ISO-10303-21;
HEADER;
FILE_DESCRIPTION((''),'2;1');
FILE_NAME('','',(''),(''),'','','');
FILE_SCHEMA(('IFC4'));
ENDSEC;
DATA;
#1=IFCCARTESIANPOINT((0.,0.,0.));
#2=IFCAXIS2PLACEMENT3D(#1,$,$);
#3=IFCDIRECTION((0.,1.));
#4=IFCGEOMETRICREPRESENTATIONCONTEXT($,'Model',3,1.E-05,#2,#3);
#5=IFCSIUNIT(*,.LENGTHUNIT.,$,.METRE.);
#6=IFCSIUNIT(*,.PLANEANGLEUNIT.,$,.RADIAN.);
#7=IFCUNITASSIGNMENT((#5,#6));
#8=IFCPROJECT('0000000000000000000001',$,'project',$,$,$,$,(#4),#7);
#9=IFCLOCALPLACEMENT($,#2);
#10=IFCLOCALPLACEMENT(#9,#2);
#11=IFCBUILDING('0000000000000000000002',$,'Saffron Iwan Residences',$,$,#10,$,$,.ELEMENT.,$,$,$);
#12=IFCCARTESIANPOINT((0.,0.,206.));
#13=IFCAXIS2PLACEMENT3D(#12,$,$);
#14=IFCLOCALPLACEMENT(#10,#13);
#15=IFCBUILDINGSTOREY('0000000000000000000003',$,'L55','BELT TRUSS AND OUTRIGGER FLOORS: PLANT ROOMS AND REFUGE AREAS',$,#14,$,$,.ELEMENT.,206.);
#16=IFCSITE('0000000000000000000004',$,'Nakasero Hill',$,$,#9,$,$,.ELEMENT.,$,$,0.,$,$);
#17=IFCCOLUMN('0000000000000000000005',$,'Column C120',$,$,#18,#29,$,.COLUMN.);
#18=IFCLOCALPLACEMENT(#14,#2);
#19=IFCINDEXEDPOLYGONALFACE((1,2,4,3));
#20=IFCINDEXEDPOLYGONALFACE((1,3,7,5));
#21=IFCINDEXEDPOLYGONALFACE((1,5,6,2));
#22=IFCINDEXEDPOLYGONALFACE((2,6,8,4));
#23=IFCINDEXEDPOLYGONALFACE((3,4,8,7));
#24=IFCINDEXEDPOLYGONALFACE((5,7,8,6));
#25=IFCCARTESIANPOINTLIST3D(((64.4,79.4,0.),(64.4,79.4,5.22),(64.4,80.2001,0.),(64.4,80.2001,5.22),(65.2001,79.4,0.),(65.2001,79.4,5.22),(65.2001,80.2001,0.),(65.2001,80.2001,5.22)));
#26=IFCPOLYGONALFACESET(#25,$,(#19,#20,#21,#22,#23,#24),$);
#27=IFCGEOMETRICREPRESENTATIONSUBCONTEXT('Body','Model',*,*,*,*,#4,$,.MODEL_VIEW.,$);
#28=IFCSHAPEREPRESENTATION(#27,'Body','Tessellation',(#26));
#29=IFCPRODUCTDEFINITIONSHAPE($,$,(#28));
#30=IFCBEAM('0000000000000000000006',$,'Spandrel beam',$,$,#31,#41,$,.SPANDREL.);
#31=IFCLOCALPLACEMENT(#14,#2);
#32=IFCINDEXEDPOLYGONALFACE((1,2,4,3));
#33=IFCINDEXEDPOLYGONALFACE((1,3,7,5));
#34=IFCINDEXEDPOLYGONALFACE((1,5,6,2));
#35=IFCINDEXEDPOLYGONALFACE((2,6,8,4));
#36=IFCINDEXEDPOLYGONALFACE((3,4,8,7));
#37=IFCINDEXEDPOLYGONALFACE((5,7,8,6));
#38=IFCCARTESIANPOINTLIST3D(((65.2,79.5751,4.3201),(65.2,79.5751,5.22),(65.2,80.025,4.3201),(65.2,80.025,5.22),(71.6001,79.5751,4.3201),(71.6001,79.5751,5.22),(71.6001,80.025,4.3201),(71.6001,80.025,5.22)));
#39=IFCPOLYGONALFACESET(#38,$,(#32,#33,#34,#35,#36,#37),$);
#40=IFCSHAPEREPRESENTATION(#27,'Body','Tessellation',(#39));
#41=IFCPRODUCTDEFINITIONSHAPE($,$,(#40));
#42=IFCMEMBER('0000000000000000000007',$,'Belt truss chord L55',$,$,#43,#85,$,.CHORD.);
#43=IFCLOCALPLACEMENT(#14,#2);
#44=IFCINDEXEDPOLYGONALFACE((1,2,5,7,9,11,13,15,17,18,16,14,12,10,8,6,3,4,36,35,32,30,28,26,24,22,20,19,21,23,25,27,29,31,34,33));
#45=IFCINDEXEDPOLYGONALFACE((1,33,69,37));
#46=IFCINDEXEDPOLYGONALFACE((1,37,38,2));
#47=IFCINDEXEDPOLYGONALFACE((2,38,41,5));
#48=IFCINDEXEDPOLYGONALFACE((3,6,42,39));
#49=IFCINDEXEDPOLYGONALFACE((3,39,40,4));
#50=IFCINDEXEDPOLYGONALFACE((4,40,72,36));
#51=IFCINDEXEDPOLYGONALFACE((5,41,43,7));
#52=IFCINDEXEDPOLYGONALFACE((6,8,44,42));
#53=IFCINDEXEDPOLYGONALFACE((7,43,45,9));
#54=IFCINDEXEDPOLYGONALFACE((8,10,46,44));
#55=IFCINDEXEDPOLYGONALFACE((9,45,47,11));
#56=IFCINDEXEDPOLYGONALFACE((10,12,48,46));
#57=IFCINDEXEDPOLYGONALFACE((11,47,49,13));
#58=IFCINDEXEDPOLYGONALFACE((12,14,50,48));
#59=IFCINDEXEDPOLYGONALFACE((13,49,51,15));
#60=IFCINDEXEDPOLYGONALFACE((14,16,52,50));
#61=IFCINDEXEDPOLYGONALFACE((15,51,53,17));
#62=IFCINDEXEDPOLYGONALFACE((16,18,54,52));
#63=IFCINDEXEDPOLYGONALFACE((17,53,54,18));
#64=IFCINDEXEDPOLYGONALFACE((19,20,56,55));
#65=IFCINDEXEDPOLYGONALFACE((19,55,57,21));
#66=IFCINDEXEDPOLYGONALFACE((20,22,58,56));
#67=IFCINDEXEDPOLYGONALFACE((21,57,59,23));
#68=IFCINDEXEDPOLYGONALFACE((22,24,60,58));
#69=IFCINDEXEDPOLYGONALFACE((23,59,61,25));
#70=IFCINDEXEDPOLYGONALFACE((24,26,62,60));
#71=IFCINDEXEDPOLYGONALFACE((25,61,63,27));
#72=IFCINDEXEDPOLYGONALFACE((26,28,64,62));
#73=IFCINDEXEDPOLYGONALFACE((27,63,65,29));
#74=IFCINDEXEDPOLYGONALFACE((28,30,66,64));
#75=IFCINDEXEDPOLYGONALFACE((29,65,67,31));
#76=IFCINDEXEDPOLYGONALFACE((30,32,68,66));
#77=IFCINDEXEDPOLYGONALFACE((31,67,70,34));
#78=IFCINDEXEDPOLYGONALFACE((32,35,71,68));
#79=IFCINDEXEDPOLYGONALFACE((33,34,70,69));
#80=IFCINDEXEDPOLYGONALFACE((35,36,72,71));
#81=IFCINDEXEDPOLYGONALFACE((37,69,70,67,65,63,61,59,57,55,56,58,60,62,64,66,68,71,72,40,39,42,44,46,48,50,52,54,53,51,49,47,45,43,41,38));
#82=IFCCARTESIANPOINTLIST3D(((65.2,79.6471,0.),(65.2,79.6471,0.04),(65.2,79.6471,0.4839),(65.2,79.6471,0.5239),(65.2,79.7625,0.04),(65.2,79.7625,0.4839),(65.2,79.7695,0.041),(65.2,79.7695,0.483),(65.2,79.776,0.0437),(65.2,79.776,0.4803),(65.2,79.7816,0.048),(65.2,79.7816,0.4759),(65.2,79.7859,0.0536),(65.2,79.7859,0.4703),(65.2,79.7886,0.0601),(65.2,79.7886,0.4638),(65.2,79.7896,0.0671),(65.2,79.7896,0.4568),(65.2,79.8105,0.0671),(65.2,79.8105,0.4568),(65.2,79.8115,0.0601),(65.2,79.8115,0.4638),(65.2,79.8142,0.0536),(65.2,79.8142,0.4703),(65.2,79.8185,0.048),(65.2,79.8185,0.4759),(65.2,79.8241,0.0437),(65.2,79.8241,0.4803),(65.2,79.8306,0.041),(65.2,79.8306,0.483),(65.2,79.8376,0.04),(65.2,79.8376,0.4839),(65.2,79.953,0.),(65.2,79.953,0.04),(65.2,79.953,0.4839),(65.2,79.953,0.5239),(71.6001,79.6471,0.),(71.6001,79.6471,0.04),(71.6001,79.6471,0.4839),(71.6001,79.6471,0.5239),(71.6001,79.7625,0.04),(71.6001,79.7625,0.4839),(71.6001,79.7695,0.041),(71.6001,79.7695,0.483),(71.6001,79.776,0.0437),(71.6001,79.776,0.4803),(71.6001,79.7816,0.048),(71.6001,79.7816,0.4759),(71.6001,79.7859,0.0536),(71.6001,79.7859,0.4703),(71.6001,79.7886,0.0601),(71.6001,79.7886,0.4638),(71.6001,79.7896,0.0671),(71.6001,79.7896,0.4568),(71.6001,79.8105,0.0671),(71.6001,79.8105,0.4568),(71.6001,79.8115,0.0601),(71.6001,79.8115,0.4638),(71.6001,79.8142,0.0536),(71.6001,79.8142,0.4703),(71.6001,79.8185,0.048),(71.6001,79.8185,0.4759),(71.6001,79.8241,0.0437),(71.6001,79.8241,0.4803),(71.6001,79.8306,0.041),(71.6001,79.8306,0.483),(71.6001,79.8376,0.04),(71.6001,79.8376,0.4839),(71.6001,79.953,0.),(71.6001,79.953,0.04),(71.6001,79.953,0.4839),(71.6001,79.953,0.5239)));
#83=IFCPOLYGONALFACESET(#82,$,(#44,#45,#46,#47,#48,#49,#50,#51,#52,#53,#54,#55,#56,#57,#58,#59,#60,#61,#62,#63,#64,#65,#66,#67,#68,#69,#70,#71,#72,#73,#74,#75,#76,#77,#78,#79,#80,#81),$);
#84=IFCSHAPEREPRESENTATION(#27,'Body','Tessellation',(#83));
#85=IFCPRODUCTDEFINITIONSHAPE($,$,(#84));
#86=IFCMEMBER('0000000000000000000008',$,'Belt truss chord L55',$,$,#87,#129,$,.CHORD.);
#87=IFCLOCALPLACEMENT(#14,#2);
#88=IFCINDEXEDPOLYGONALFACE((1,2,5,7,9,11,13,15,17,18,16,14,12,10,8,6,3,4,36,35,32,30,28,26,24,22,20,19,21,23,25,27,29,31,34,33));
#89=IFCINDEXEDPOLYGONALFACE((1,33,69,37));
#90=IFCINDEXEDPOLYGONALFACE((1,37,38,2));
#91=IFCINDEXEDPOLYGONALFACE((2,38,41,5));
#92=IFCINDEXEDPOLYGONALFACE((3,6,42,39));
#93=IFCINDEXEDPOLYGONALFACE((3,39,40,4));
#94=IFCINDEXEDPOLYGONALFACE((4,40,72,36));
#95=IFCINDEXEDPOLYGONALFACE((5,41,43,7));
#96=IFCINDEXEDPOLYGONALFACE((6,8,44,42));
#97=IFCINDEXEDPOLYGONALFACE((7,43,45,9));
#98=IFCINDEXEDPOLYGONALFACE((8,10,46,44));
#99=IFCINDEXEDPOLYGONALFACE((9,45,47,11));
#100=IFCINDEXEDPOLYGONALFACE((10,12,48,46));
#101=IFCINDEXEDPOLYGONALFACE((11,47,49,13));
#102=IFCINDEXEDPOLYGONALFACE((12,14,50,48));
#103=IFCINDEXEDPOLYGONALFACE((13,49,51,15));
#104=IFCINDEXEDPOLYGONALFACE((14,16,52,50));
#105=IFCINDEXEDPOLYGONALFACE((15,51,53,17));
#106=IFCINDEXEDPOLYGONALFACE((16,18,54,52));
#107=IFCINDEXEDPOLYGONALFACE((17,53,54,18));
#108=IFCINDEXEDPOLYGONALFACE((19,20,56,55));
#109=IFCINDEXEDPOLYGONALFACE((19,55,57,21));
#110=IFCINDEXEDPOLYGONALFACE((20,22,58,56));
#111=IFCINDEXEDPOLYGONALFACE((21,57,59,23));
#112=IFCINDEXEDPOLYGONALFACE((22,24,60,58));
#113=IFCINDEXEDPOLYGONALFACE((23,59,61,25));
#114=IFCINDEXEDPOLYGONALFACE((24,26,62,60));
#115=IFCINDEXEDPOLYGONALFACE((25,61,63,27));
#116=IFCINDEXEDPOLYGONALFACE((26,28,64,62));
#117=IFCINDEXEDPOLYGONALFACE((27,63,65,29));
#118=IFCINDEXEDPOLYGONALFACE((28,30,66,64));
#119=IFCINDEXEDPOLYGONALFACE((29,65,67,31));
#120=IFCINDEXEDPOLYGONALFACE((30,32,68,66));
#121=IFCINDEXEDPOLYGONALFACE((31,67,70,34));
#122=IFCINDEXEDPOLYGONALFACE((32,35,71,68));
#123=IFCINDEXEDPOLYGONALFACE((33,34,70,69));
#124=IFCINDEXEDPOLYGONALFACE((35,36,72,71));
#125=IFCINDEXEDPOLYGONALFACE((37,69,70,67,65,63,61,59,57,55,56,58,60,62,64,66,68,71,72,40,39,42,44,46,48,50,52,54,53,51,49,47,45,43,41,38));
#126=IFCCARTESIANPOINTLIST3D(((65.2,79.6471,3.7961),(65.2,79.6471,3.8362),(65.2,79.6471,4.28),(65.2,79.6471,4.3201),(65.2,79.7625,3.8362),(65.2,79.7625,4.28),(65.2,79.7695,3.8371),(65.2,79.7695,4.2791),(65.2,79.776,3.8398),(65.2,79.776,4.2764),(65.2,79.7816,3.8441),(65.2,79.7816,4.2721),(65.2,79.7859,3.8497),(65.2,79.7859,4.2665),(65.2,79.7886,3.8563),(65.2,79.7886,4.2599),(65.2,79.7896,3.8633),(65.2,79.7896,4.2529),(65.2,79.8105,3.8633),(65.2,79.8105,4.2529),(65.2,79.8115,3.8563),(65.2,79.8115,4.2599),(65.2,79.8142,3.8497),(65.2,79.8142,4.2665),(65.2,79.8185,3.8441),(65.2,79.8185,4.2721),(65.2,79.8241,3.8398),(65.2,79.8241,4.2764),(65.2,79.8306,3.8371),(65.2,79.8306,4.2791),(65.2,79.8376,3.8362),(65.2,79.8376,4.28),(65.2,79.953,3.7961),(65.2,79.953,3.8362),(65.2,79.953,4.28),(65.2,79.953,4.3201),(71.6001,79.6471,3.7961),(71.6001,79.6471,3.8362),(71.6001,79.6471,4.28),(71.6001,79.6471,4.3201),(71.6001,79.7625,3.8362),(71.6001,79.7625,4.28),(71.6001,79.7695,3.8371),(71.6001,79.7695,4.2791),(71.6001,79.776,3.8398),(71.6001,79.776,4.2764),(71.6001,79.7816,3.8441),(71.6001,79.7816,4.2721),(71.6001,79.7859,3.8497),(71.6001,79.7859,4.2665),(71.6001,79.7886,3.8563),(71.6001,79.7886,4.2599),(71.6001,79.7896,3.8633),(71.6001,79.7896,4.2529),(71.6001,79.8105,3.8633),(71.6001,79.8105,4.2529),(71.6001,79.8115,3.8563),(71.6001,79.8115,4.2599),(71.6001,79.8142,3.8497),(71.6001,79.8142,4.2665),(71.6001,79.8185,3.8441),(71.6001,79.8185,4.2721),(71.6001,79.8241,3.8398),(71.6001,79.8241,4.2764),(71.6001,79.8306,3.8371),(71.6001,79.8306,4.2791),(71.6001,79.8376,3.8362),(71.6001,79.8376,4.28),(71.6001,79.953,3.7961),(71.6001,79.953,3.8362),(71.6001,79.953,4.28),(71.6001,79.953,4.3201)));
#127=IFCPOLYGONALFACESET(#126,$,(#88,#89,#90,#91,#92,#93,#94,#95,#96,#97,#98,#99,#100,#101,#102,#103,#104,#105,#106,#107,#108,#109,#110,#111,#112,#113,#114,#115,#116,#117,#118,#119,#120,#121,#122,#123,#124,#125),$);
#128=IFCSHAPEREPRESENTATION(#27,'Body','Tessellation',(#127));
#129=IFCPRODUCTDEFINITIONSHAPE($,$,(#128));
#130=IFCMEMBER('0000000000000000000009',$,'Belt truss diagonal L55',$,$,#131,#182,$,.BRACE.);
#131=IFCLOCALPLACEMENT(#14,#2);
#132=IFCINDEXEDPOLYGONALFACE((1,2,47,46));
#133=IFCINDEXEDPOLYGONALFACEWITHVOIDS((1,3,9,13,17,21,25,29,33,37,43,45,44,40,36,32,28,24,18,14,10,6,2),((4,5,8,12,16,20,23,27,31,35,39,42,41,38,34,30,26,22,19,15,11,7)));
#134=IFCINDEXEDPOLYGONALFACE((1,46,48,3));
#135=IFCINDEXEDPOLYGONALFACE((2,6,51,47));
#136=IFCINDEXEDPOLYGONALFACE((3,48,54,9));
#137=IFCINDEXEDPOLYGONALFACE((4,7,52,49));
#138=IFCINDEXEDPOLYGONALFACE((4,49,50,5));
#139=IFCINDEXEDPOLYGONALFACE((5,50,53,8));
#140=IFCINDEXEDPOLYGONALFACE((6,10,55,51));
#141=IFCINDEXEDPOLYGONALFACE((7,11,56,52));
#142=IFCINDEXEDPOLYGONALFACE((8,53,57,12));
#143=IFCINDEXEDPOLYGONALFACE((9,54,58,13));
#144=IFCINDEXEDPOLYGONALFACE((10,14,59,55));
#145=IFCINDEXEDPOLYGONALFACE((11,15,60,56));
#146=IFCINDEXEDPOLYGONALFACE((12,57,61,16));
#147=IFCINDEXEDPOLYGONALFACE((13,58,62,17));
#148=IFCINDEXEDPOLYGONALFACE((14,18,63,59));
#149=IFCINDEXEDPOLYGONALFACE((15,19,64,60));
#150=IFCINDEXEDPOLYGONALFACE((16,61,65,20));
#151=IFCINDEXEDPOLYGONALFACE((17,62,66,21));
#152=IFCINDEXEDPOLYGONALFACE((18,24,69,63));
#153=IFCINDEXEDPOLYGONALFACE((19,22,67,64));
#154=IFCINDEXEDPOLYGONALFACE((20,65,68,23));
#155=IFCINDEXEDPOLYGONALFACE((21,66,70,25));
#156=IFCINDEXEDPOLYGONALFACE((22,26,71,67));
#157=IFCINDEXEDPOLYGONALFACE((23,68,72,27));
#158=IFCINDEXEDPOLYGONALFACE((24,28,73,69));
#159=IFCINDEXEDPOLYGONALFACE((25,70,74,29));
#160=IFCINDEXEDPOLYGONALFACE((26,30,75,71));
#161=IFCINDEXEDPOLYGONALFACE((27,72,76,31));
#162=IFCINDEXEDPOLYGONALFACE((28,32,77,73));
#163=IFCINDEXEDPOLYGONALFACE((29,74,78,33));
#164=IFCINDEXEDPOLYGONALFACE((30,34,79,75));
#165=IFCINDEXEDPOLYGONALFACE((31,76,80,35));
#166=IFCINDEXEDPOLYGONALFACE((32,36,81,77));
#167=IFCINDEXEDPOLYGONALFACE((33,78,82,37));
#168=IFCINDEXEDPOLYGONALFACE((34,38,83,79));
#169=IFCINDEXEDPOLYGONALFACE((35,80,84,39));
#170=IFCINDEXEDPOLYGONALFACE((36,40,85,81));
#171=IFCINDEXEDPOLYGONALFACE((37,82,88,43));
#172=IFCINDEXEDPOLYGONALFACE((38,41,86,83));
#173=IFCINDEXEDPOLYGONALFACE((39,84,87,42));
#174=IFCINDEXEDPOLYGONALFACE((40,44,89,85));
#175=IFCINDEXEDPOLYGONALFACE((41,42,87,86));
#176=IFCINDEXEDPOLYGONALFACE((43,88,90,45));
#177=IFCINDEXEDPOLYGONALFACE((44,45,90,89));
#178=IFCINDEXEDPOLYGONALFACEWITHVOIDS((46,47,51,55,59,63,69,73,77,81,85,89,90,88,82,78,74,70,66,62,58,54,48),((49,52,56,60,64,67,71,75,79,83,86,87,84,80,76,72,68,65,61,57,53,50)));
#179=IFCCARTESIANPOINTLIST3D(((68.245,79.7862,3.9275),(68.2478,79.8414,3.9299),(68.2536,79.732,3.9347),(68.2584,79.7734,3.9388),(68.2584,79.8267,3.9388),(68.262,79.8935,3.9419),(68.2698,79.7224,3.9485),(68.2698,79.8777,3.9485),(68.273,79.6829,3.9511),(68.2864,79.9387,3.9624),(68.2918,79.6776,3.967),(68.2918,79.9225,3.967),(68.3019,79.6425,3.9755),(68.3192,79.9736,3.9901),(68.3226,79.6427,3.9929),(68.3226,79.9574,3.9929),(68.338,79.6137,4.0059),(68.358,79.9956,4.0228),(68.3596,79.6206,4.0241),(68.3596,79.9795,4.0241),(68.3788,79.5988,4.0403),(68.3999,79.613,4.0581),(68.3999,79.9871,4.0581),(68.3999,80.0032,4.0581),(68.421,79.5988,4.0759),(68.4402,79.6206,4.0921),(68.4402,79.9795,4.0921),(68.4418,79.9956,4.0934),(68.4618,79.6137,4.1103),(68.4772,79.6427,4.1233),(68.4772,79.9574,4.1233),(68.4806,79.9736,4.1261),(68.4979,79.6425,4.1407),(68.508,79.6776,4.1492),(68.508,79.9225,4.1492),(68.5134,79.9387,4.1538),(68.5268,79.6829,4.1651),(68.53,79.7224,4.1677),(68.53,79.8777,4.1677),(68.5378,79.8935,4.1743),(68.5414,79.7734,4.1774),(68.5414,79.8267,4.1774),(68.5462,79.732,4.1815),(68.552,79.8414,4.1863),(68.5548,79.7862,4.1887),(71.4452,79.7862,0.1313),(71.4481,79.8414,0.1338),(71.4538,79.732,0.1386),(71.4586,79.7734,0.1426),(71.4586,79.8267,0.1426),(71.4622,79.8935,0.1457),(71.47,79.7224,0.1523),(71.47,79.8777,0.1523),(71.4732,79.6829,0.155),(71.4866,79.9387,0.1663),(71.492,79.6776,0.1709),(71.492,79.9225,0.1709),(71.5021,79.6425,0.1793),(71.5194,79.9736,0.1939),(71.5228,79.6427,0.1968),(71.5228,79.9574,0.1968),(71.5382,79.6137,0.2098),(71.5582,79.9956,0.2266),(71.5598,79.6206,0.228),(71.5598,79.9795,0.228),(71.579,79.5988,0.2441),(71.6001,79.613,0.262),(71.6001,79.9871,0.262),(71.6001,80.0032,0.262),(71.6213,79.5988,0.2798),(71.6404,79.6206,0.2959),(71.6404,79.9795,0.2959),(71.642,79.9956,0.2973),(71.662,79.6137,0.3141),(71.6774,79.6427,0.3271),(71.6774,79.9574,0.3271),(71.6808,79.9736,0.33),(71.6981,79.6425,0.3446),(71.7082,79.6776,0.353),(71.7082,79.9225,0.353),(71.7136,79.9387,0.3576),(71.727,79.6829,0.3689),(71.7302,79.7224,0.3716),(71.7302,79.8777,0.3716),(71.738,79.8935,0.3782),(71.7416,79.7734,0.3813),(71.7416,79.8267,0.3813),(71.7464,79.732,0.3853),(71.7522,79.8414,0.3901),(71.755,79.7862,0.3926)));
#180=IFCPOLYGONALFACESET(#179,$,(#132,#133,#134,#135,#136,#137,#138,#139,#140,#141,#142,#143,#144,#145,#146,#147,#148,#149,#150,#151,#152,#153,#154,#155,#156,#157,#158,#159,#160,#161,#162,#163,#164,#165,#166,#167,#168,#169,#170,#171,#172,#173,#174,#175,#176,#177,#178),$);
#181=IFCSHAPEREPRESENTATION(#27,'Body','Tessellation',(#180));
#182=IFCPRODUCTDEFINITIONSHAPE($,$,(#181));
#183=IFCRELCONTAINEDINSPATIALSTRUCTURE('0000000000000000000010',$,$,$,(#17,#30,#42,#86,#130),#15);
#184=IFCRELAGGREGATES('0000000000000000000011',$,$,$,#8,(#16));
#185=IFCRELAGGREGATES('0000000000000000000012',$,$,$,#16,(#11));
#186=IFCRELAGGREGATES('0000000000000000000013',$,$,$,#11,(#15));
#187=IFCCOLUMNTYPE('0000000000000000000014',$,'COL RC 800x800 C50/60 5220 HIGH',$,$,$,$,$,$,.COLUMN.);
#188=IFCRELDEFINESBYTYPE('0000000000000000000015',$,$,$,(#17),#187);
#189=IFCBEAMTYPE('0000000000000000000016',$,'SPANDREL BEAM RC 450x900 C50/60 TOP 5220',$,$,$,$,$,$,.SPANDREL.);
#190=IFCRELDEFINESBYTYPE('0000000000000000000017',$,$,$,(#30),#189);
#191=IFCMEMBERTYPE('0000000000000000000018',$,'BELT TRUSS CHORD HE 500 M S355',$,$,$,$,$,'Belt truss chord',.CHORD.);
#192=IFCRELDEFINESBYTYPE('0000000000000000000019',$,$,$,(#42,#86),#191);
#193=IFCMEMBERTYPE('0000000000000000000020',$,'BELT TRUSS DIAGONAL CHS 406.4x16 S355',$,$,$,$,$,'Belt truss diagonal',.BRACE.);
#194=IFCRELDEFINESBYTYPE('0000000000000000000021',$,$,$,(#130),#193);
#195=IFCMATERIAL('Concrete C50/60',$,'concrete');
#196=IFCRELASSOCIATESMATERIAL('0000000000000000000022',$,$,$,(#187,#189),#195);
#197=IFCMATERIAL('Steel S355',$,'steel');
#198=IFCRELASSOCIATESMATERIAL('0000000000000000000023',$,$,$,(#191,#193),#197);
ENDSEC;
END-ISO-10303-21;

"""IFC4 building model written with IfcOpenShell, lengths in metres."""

from ifc_helpers import new_model, si_unit, direction, frame, origin, origin_2d, place, context, subcontext, project, spatial, rectangle, hollow_circle, i_section, extrude, source, transform, mapped, material, material_profile, profile_set, type_object, element, save


model = new_model("IFC4")

# Units and contexts
model_context = context("Model", 3, precision=1e-05, world=origin(), true_north=direction((0.0, 1.0)))
body_context = subcontext(model_context, "Body", "Model", "MODEL_VIEW")
ifc_project = project(units=[si_unit("LENGTHUNIT", "METRE"), si_unit("PLANEANGLEUNIT", "RADIAN")], contexts=[model_context])

# Site, building, storey
site_placement = place(None, origin())
site = spatial("IfcSite", under=ifc_project, at=site_placement, Name="Nakasero Hill", CompositionType="ELEMENT", RefElevation=0.0)
building_placement = place(site_placement, origin())
building = spatial("IfcBuilding", under=site, at=building_placement, Name="Saffron Iwan Residences", CompositionType="ELEMENT")
storey_placement = place(building_placement, frame((0.0, 0.0, 206.0)))
storey = spatial("IfcBuildingStorey", under=building, at=storey_placement, Name="L55", Description="BELT TRUSS AND OUTRIGGER FLOORS: PLANT ROOMS AND REFUGE AREAS", CompositionType="ELEMENT", Elevation=206.0)

# Column
ifc_material_1 = material(Name="Concrete C50/60", Category="concrete")
ifc_material_profile_1 = material_profile(ifc_material_1, rectangle(XDim=0.8, YDim=0.8, at=origin_2d()), Name="RC 800x800")
ifc_profile_set_1 = profile_set([ifc_material_profile_1], Name="Concrete C50/60")
column_type = type_object("IfcColumnType", Name="COL RC 800x800 C50/60 5220 HIGH", PredefinedType="COLUMN", material=ifc_profile_set_1)
shared_shape_1 = source(origin(), body_context, "Body", "SweptSolid", [
    extrude(rectangle(XDim=0.8, YDim=0.8, at=origin_2d()), origin(), (0.0, 0.0, 1.0), 5.22),
])
column_placement = place(storey_placement, frame((64.8, 79.8, 0.0), z_axis=(0.0, 0.0, 1.0), x_axis=(1.0, 0.0, 0.0)))
element("IfcColumn", 1, at=column_placement, inside=storey, type_object=column_type, Name="Column C120", PredefinedType="COLUMN", context=body_context, shape_type="MappedRepresentation", body=[
    mapped(shared_shape_1, transform((0.0, 0.0, 0.0))),
])

# Beam
ifc_material_profile_2 = material_profile(ifc_material_1, rectangle(XDim=0.45, YDim=0.8999, at=origin_2d()), Name="RC 450x900")
ifc_profile_set_2 = profile_set([ifc_material_profile_2], Name="Concrete C50/60")
beam_type = type_object("IfcBeamType", Name="SPANDREL BEAM RC 450x900 C50/60 TOP 5220", PredefinedType="SPANDREL", material=ifc_profile_set_2)
shared_shape_2 = source(origin(), body_context, "Body", "SweptSolid", [
    extrude(rectangle(XDim=0.45, YDim=0.8999, at=origin_2d()), origin(), (0.0, 0.0, 1.0), 6.4001),
])
beam_placement = place(storey_placement, frame((65.2, 79.8, 4.77), z_axis=(1.0, 0.0, 0.0), x_axis=(0.0, 1.0, 0.0)))
element("IfcBeam", 2, at=beam_placement, inside=storey, type_object=beam_type, Name="Spandrel beam", PredefinedType="SPANDREL", context=body_context, shape_type="MappedRepresentation", body=[
    mapped(shared_shape_2, transform((0.0, 0.0, 0.0))),
])

# Members
ifc_material_2 = material(Name="Steel S355", Category="steel")
ifc_material_profile_3 = material_profile(ifc_material_2, i_section(OverallWidth=0.3059, OverallDepth=0.5239, WebThickness=0.021, FlangeThickness=0.04, FilletRadius=0.0271, at=origin_2d()), Name="HE 500 M")
ifc_profile_set_3 = profile_set([ifc_material_profile_3], Name="Steel S355")
member_type_1 = type_object("IfcMemberType", Name="BELT TRUSS CHORD HE 500 M S355", ElementType="Belt truss chord", PredefinedType="CHORD", material=ifc_profile_set_3)
shared_shape_3 = source(origin(), body_context, "Body", "SweptSolid", [
    extrude(i_section(OverallWidth=0.3059, OverallDepth=0.5239, WebThickness=0.021, FlangeThickness=0.04, FilletRadius=0.0271, at=origin_2d()), origin(), (0.0, 0.0, 1.0), 6.4001),
])
for number, where, z_axis, x_axis, name in (
    (3, (65.2, 79.8, 0.262), (1.0, 0.0, 0.0), (0.0, 1.0, 0.0), "Belt truss chord L55"),
    (4, (65.2, 79.8, 4.0581), (1.0, 0.0, 0.0), (0.0, 1.0, 0.0), "Belt truss chord L55"),
):
    element("IfcMember", number, at=place(storey_placement, frame(where, z_axis=z_axis, x_axis=x_axis)), inside=storey, type_object=member_type_1, Name=name, PredefinedType="CHORD", context=body_context, shape_type="MappedRepresentation", body=[
        mapped(shared_shape_3, transform((0.0, 0.0, 0.0))),
    ])
ifc_material_profile_4 = material_profile(ifc_material_2, hollow_circle(Radius=0.2031, WallThickness=0.0161, at=origin_2d()), Name="CHS 406.4x16")
ifc_profile_set_4 = profile_set([ifc_material_profile_4], Name="Steel S355")
member_type_2 = type_object("IfcMemberType", Name="BELT TRUSS DIAGONAL CHS 406.4x16 S355", ElementType="Belt truss diagonal", PredefinedType="BRACE", material=ifc_profile_set_4)
shared_shape_4 = source(origin(), body_context, "Body", "SweptSolid", [
    extrude(hollow_circle(Radius=0.2031, WallThickness=0.0161, at=origin_2d()), origin(), (0.0, 0.0, 1.0), 4.9651),
])
member_1_placement = place(storey_placement, frame((68.3999, 79.8, 4.0581), z_axis=(0.644541, 0.0, -0.764569), x_axis=(0.0, 1.0, 0.0)))
element("IfcMember", 5, at=member_1_placement, inside=storey, type_object=member_type_2, Name="Belt truss diagonal L55", PredefinedType="BRACE", context=body_context, shape_type="MappedRepresentation", body=[
    mapped(shared_shape_4, transform((0.0, 0.0, 0.0))),
])

save(model, "model.ifc")
